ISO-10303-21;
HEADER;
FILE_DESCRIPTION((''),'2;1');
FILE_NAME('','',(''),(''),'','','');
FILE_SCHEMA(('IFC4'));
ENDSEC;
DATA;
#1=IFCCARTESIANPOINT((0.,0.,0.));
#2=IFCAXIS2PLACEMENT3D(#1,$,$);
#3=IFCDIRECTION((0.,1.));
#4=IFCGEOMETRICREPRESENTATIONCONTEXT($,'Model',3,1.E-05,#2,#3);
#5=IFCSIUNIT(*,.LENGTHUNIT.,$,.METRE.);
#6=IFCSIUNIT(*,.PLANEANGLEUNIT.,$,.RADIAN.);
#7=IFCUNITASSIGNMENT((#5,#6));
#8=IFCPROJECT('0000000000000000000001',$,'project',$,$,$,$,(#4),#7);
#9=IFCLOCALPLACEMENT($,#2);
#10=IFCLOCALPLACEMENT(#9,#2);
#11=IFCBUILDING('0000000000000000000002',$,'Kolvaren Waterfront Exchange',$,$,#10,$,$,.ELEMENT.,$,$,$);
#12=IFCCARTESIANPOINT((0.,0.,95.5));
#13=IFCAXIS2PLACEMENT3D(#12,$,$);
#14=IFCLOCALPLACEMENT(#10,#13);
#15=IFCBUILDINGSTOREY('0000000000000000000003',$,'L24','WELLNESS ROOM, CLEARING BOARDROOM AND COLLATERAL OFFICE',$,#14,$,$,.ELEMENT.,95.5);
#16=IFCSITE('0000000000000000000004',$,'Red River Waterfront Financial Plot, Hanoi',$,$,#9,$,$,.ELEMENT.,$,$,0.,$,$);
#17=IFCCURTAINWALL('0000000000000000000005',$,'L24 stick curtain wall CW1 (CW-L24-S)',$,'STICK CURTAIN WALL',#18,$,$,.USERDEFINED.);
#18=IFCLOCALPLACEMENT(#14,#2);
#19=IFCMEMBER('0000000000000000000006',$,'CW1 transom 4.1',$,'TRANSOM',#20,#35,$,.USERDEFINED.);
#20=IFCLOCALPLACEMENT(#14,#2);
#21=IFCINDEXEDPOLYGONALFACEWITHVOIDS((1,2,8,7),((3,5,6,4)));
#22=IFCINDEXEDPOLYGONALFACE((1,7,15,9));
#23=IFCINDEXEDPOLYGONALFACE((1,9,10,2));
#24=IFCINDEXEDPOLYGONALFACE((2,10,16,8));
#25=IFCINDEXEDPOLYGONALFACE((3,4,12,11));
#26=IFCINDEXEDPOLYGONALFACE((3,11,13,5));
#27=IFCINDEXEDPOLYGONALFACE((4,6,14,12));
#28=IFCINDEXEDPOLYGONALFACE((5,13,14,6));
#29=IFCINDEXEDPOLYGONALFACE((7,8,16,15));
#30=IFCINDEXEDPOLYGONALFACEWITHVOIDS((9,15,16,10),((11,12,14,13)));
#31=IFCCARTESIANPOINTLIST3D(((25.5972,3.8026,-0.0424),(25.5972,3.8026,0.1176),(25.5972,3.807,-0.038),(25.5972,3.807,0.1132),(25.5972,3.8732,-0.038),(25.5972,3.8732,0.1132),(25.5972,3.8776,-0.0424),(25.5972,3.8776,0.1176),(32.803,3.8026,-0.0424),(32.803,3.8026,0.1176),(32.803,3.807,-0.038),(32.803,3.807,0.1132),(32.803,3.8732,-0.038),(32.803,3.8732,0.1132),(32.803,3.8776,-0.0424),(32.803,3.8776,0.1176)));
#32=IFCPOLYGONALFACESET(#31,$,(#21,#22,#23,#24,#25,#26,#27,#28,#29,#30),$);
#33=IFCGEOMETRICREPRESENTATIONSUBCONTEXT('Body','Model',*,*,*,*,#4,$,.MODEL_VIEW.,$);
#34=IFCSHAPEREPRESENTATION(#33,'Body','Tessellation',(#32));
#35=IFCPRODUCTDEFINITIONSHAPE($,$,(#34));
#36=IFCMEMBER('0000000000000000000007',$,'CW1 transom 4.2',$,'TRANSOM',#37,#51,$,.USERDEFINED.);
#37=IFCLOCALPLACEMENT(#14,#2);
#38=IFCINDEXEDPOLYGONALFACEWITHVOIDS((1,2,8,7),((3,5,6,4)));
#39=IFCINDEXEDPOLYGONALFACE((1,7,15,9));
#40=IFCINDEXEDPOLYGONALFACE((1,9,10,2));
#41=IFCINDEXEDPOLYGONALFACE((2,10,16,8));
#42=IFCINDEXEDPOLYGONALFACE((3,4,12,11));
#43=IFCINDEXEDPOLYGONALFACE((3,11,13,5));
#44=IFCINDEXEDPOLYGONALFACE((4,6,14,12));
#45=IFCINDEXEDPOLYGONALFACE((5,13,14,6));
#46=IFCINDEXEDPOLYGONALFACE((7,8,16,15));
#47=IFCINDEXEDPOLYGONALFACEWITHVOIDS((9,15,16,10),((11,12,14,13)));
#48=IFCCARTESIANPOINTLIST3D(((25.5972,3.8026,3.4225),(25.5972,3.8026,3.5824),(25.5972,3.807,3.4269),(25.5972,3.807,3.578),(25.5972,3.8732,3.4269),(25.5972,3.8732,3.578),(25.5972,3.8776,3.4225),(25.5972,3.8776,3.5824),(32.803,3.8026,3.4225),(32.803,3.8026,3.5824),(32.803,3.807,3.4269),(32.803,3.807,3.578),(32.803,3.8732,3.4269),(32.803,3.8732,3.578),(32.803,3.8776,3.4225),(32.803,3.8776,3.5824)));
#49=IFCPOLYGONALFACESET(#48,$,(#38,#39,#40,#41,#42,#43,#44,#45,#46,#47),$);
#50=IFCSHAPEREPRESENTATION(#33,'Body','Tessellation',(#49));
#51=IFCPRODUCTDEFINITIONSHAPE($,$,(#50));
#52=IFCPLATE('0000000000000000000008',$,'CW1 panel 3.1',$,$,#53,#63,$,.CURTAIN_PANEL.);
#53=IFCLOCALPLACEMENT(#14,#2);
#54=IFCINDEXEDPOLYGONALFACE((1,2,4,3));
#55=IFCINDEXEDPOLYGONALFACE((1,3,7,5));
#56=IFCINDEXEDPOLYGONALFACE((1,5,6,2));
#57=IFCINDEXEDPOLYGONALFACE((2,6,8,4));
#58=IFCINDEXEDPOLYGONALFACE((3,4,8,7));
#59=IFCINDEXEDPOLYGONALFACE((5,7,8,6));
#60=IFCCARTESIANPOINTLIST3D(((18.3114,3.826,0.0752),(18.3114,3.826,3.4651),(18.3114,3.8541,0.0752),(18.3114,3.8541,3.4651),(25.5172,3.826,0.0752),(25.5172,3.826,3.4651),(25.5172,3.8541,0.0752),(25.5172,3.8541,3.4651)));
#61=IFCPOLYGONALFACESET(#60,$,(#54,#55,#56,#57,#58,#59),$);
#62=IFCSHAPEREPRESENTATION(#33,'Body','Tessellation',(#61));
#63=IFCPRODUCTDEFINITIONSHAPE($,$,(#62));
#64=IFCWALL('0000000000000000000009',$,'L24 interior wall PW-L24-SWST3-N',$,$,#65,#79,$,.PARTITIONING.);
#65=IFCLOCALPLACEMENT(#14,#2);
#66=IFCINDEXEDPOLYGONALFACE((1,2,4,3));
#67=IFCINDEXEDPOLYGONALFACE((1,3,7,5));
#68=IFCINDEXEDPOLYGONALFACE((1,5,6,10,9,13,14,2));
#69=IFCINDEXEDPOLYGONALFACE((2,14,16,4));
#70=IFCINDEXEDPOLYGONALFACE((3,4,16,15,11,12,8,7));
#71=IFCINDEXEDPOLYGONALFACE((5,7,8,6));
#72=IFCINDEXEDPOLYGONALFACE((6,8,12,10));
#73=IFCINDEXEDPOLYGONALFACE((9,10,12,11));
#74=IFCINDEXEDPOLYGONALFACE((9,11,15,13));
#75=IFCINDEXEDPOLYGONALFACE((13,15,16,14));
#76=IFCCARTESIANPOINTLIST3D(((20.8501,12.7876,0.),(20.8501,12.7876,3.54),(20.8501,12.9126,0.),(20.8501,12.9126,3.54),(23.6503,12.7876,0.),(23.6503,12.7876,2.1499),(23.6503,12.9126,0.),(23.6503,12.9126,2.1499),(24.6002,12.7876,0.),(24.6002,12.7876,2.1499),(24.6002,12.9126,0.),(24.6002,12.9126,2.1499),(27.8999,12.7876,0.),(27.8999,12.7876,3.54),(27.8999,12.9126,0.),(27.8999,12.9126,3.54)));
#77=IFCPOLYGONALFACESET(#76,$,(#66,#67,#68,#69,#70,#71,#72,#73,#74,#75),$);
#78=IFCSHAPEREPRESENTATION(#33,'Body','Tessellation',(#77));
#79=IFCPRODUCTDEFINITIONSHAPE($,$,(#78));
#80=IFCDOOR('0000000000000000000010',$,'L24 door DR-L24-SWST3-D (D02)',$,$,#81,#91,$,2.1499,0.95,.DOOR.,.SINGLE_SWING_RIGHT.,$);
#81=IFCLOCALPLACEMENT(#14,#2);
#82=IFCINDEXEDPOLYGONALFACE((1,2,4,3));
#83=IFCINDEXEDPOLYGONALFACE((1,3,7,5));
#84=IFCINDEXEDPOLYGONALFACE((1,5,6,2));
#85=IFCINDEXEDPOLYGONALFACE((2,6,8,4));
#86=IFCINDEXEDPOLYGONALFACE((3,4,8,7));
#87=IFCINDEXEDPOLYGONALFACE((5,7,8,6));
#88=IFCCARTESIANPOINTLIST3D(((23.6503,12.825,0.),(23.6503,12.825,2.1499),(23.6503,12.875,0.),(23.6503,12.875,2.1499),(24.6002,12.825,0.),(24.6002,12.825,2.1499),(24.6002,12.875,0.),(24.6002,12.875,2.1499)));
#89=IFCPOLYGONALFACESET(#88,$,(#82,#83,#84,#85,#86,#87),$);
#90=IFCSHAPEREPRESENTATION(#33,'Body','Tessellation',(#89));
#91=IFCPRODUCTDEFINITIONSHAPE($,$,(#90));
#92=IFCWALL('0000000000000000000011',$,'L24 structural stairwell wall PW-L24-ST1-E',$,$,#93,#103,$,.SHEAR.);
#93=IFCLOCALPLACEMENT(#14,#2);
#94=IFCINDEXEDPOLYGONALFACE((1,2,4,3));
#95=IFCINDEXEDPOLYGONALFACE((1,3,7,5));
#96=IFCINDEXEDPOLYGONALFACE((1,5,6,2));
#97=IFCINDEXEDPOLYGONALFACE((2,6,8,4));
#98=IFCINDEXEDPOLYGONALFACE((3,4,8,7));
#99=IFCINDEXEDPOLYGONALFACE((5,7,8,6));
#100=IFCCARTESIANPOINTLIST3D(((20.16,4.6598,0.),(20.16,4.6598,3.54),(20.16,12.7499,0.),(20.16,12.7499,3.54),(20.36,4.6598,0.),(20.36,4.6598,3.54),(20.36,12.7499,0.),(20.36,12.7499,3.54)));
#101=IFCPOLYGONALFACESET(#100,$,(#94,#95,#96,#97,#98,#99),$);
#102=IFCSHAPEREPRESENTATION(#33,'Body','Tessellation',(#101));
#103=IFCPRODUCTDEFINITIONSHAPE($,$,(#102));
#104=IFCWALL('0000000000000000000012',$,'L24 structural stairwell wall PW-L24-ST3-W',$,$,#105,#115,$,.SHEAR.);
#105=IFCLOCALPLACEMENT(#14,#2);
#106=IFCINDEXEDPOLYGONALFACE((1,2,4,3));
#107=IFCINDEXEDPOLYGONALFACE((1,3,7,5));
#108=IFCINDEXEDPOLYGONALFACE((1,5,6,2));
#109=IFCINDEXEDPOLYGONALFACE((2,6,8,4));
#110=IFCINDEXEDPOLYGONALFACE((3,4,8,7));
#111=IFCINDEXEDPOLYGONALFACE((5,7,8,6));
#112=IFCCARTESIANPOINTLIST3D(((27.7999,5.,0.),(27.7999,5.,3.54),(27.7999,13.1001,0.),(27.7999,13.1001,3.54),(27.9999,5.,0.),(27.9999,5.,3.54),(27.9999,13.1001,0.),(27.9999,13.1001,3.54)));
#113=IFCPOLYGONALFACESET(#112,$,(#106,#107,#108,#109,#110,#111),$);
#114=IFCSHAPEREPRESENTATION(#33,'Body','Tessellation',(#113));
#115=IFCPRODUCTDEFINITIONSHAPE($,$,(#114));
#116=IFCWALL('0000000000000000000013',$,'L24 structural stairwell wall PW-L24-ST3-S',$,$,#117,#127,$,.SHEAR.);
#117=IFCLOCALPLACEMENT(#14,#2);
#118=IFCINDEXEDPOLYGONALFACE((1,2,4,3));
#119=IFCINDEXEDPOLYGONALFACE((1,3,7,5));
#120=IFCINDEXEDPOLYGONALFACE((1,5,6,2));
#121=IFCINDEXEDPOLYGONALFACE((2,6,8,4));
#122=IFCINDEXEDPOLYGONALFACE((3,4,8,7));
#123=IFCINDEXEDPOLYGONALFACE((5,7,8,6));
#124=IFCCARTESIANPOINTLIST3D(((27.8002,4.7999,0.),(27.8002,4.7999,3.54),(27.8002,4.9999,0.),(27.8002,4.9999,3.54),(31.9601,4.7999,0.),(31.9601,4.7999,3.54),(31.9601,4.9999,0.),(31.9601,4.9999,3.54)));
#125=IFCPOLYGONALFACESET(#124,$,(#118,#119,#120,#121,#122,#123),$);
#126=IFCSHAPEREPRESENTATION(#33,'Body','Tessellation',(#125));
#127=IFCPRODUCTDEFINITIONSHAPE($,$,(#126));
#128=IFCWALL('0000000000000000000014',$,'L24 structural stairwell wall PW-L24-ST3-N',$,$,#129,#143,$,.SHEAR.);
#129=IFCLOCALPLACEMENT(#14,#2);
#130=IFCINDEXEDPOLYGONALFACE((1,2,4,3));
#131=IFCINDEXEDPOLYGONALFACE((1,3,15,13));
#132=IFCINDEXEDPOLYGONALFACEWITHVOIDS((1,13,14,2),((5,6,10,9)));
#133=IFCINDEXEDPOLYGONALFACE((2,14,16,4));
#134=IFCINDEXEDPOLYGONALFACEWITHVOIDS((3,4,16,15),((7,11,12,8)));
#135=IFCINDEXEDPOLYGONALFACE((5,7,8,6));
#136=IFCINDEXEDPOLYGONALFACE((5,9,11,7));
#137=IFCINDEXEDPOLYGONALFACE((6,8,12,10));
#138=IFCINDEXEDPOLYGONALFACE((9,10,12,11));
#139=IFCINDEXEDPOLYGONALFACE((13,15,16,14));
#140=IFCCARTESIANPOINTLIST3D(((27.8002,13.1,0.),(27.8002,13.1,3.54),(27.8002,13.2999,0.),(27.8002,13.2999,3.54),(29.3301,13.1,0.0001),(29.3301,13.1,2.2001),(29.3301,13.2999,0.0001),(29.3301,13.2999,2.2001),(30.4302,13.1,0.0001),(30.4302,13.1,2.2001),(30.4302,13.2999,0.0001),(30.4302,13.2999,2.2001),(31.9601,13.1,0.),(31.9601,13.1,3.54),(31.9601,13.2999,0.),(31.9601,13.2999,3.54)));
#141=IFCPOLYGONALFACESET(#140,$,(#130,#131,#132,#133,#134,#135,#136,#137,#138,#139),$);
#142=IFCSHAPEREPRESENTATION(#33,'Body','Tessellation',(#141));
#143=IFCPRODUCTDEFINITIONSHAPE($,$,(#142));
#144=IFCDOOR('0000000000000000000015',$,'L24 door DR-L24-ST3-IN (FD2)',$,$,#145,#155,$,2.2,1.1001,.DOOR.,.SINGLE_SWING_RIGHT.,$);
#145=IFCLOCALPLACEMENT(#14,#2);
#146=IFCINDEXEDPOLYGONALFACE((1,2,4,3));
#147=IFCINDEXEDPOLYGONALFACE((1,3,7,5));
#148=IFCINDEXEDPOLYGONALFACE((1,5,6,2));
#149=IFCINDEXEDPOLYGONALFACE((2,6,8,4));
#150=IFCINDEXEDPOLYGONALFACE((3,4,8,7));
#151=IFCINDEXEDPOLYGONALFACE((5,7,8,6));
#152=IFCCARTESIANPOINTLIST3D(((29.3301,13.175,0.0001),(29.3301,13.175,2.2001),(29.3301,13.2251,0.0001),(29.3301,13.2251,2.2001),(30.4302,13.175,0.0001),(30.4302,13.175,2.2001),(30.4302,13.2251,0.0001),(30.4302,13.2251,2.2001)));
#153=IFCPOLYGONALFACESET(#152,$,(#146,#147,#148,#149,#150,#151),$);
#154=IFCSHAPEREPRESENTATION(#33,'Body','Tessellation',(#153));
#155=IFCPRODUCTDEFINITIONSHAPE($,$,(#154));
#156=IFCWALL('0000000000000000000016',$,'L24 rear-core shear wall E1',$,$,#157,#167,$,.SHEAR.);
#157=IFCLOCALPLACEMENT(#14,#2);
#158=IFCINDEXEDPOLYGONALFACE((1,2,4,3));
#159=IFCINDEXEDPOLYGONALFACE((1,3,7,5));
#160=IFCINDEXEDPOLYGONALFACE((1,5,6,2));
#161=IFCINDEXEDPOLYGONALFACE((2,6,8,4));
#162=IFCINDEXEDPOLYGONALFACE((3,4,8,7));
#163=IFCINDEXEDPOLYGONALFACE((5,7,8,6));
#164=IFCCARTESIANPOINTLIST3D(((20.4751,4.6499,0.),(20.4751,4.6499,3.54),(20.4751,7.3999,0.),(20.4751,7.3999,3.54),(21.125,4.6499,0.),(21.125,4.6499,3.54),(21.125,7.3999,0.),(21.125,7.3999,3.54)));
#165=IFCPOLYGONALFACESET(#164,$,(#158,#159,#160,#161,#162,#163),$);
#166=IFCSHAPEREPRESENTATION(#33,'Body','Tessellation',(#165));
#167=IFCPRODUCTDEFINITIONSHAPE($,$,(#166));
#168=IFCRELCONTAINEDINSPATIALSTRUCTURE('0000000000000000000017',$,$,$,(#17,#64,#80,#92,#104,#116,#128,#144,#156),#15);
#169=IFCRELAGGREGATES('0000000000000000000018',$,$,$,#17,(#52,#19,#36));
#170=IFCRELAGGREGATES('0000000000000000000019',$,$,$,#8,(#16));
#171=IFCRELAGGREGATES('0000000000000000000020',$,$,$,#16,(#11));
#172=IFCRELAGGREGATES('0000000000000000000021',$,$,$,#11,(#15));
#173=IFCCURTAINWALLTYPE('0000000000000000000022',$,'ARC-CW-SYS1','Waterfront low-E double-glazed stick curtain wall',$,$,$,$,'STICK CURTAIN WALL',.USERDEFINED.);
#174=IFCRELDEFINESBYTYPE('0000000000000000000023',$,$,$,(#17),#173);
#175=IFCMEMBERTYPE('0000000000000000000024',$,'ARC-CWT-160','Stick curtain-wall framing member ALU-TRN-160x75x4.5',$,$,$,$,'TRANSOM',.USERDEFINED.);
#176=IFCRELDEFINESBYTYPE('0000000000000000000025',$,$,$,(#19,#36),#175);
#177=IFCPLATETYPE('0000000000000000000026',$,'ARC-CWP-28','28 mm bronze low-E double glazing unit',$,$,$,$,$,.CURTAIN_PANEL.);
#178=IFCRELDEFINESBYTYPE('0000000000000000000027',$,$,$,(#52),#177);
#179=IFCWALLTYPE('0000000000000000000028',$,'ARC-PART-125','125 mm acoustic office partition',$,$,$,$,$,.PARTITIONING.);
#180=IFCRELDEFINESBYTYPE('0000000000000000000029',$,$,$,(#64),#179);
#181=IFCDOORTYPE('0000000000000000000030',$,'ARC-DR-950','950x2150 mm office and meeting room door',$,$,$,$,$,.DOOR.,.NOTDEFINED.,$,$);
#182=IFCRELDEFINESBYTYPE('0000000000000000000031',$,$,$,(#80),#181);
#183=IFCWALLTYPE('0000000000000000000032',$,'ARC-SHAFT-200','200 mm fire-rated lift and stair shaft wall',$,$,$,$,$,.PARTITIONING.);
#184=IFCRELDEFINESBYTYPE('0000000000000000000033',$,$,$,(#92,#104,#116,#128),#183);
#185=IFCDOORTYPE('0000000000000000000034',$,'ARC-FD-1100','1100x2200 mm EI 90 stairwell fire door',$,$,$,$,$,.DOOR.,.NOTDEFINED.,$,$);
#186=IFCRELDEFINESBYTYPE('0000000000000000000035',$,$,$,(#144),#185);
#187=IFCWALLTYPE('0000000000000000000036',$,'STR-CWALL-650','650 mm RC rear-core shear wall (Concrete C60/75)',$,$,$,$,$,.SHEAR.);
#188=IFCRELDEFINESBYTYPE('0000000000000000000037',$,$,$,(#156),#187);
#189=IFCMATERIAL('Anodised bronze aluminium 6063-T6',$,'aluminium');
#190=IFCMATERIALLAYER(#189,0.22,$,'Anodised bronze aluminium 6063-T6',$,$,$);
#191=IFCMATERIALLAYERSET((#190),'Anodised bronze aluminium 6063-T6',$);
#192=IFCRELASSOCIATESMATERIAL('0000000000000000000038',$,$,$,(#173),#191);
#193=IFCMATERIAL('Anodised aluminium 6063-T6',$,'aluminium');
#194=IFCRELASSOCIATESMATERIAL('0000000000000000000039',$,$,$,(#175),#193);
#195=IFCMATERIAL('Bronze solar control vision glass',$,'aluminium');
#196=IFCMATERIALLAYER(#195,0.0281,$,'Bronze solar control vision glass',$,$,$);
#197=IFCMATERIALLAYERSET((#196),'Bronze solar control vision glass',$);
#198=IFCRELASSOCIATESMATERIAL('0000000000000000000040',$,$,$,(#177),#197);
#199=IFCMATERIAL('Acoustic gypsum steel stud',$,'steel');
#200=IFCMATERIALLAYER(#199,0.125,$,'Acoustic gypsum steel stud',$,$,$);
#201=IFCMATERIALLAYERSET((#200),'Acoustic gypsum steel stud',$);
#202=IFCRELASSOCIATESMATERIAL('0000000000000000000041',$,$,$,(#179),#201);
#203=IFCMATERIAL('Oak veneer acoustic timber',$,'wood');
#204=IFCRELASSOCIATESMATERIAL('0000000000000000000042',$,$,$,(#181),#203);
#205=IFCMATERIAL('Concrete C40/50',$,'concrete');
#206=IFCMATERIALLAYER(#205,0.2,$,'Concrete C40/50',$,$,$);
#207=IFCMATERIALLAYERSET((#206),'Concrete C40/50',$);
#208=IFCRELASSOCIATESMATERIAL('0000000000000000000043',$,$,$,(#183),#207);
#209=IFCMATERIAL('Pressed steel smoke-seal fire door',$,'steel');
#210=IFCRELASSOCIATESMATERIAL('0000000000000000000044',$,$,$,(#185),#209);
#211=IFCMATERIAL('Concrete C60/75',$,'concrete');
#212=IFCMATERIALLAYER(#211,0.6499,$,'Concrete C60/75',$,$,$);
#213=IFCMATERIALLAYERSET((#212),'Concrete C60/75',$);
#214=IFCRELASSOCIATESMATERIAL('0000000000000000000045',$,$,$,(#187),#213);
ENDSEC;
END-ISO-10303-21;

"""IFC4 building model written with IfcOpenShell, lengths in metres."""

from ifc_helpers import new_model, si_unit, direction, frame, frame_2d, origin, origin_with_axes, origin_2d, place, context, subcontext, project, spatial, rectangle, hollow_rectangle, extrude, source, transform, mapped, material, layer, layer_set, material_profile, profile_set, type_object, element, fill, aggregate, save


model = new_model("IFC4")

# Units and contexts
model_context = context("Model", 3, precision=1e-05, world=origin(), true_north=direction((0.0, 1.0)))
body_context = subcontext(model_context, "Body", "Model", "MODEL_VIEW")
ifc_project = project(units=[si_unit("LENGTHUNIT", "METRE"), si_unit("PLANEANGLEUNIT", "RADIAN")], contexts=[model_context])

# Site, building, storey
site_placement = place(None, origin())
site = spatial("IfcSite", under=ifc_project, at=site_placement, Name="Red River Waterfront Financial Plot, Hanoi", CompositionType="ELEMENT", RefElevation=0.0)
building_placement = place(site_placement, origin())
building = spatial("IfcBuilding", under=site, at=building_placement, Name="Kolvaren Waterfront Exchange", CompositionType="ELEMENT")
storey_placement = place(building_placement, frame((0.0, 0.0, 95.5)))
storey = spatial("IfcBuildingStorey", under=building, at=storey_placement, Name="L24", Description="WELLNESS ROOM, CLEARING BOARDROOM AND COLLATERAL OFFICE", CompositionType="ELEMENT", Elevation=95.5)

# Shared definitions
ifc_material_1 = material(Name="Concrete C60/75", Category="concrete")

# Curtain wall, members, plate
ifc_material_2 = material(Name="Anodised bronze aluminium 6063-T6", Category="aluminium")
ifc_layer_1 = layer(ifc_material_2, 0.22, Name="Anodised bronze aluminium 6063-T6")
ifc_layer_set_1 = layer_set([ifc_layer_1], Name="Anodised bronze aluminium 6063-T6")
curtain_wall_type = type_object("IfcCurtainWallType", Name="ARC-CW-SYS1", Description="Waterfront low-E double-glazed stick curtain wall", ElementType="STICK CURTAIN WALL", PredefinedType="USERDEFINED", material=ifc_layer_set_1)
curtain_wall_placement = place(storey_placement, origin())
curtain_wall = element("IfcCurtainWall", 1, at=curtain_wall_placement, inside=storey, type_object=curtain_wall_type, Name="L24 stick curtain wall CW1 (CW-L24-S)", ObjectType="STICK CURTAIN WALL", PredefinedType="USERDEFINED")
ifc_material_3 = material(Name="Anodised aluminium 6063-T6", Category="aluminium")
ifc_material_profile_1 = material_profile(ifc_material_3, hollow_rectangle(XDim=0.075, YDim=0.1599, WallThickness=0.0044, at=origin_2d()), Name="ALU-TRN-160x75x4.5")
ifc_profile_set_1 = profile_set([ifc_material_profile_1], Name="Anodised aluminium 6063-T6")
member_type_1 = type_object("IfcMemberType", Name="ARC-CWT-160", Description="Stick curtain-wall framing member ALU-TRN-160x75x4.5", ElementType="TRANSOM", PredefinedType="USERDEFINED", material=ifc_profile_set_1)
shared_shape_1 = source(origin_with_axes(), body_context, "Body", "SweptSolid", [
    extrude(hollow_rectangle(XDim=0.075, YDim=0.1599, WallThickness=0.0044, at=origin_2d()), origin(), (0.0, 0.0, 1.0), 7.2058),
])
member_1_placement = place(storey_placement, frame((25.5972, 3.8401, 0.0376), z_axis=(1.0, 0.0, 0.0), x_axis=(0.0, 1.0, 0.0)))
member_1 = element("IfcMember", 2, at=member_1_placement, type_object=member_type_1, Name="CW1 transom 4.1", ObjectType="TRANSOM", PredefinedType="USERDEFINED", context=body_context, shape_type="MappedRepresentation", body=[
    mapped(shared_shape_1, transform((0.0, 0.0, 0.0), x_axis=(1.0, 0.0, 0.0), y_axis=(0.0, 1.0, 0.0), z_axis=(0.0, 0.0, 1.0), scale=1.0)),
])
member_2_placement = place(storey_placement, frame((25.5972, 3.8401, 3.5024), z_axis=(1.0, 0.0, 0.0), x_axis=(0.0, 1.0, 0.0)))
member_2 = element("IfcMember", 3, at=member_2_placement, type_object=member_type_1, Name="CW1 transom 4.2", ObjectType="TRANSOM", PredefinedType="USERDEFINED", context=body_context, shape_type="MappedRepresentation", body=[
    mapped(shared_shape_1, transform((0.0, 0.0, 0.0), x_axis=(1.0, 0.0, 0.0), y_axis=(0.0, 1.0, 0.0), z_axis=(0.0, 0.0, 1.0), scale=1.0)),
])
ifc_material_4 = material(Name="Bronze solar control vision glass", Category="aluminium")
ifc_layer_2 = layer(ifc_material_4, 0.0281, Name="Bronze solar control vision glass")
ifc_layer_set_2 = layer_set([ifc_layer_2], Name="Bronze solar control vision glass")
plate_type = type_object("IfcPlateType", Name="ARC-CWP-28", Description="28 mm bronze low-E double glazing unit", PredefinedType="CURTAIN_PANEL", material=ifc_layer_set_2)
shared_shape_2 = source(origin_with_axes(), body_context, "Body", "SweptSolid", [
    extrude(rectangle(XDim=7.2058, YDim=0.0281, at=origin_2d()), origin(), (0.0, 0.0, 1.0), 3.3899),
])
plate_placement = place(storey_placement, frame((21.9143, 3.8401, 0.0752), z_axis=(0.0, 0.0, 1.0), x_axis=(1.0, 0.0, 0.0)))
plate = element("IfcPlate", 4, at=plate_placement, type_object=plate_type, Name="CW1 panel 3.1", PredefinedType="CURTAIN_PANEL", context=body_context, shape_type="MappedRepresentation", body=[
    mapped(shared_shape_2, transform((0.0, 0.0, 0.0), x_axis=(1.0, 0.0, 0.0), y_axis=(0.0, 1.0, 0.0), z_axis=(0.0, 0.0, 1.0), scale=1.0)),
])
aggregate(curtain_wall, [plate, member_1, member_2])

# Wall, opening, door
ifc_material_5 = material(Name="Acoustic gypsum steel stud", Category="steel")
ifc_layer_3 = layer(ifc_material_5, 0.125, Name="Acoustic gypsum steel stud")
ifc_layer_set_3 = layer_set([ifc_layer_3], Name="Acoustic gypsum steel stud")
wall_type_1 = type_object("IfcWallType", Name="ARC-PART-125", Description="125 mm acoustic office partition", PredefinedType="PARTITIONING", material=ifc_layer_set_3)
wall_1_placement = place(storey_placement, frame((20.8501, 12.8501, 0.0), z_axis=(0.0, 0.0, 1.0), x_axis=(1.0, 0.0, 0.0)))
wall_1 = element("IfcWall", 5, at=wall_1_placement, inside=storey, type_object=wall_type_1, Name="L24 interior wall PW-L24-SWST3-N", PredefinedType="PARTITIONING", context=body_context, shape_type="SweptSolid", body=[
    extrude(rectangle(XDim=7.0498, YDim=0.125, at=frame_2d((3.5249, 0.0))), origin(), (0.0, 0.0, 1.0), 3.54),
])
opening_1_placement = place(wall_1_placement, frame((2.8, 0.0, 0.0)))
opening_1 = element("IfcOpeningElement", 6, at=opening_1_placement, cuts=wall_1, PredefinedType="OPENING", context=body_context, shape_type="SweptSolid", body=[
    extrude(rectangle(XDim=0.95, YDim=2.1499, at=frame_2d((0.4751, 1.075))), frame((0.0, 0.0725, 0.0), z_axis=(0.0, -1.0, 0.0), x_axis=(1.0, 0.0, 0.0)), (0.0, 0.0, 1.0), 0.145),
])
ifc_material_6 = material(Name="Oak veneer acoustic timber", Category="wood")
door_type_1 = type_object("IfcDoorType", Name="ARC-DR-950", Description="950x2150 mm office and meeting room door", OperationType="NOTDEFINED", PredefinedType="DOOR", material=ifc_material_6)
door_1_placement = place(opening_1_placement, origin())
door_1 = element("IfcDoor", 7, at=door_1_placement, inside=storey, type_object=door_type_1, Name="L24 door DR-L24-SWST3-D (D02)", OperationType="SINGLE_SWING_RIGHT", OverallHeight=2.1499, OverallWidth=0.95, PredefinedType="DOOR", context=body_context, shape_type="SweptSolid", body=[
    extrude(rectangle(XDim=0.95, YDim=2.1499, at=frame_2d((0.4751, 1.075))), frame((0.0, 0.0249, 0.0), z_axis=(0.0, -1.0, 0.0), x_axis=(1.0, 0.0, 0.0)), (0.0, 0.0, 1.0), 0.05),
])
fill(opening_1, door_1)

# Walls
ifc_material_7 = material(Name="Concrete C40/50", Category="concrete")
ifc_layer_4 = layer(ifc_material_7, 0.2, Name="Concrete C40/50")
ifc_layer_set_4 = layer_set([ifc_layer_4], Name="Concrete C40/50")
wall_type_2 = type_object("IfcWallType", Name="ARC-SHAFT-200", Description="200 mm fire-rated lift and stair shaft wall", PredefinedType="PARTITIONING", material=ifc_layer_set_4)
wall_2_placement = place(storey_placement, frame((20.26, 4.6599, 0.0), z_axis=(0.0, 0.0, 1.0), x_axis=(0.0, 1.0, 0.0)))
element("IfcWall", 8, at=wall_2_placement, inside=storey, type_object=wall_type_2, Name="L24 structural stairwell wall PW-L24-ST1-E", PredefinedType="SHEAR", context=body_context, shape_type="SweptSolid", body=[
    extrude(rectangle(XDim=8.0901, YDim=0.2, at=frame_2d((4.0449, 0.0))), origin(), (0.0, 0.0, 1.0), 3.54),
])
wall_3_placement = place(storey_placement, frame((27.8999, 5.0, 0.0), z_axis=(0.0, 0.0, 1.0), x_axis=(0.0, 1.0, 0.0)))
element("IfcWall", 9, at=wall_3_placement, inside=storey, type_object=wall_type_2, Name="L24 structural stairwell wall PW-L24-ST3-W", PredefinedType="SHEAR", context=body_context, shape_type="SweptSolid", body=[
    extrude(rectangle(XDim=8.1001, YDim=0.2, at=frame_2d((4.05, 0.0))), origin(), (0.0, 0.0, 1.0), 3.54),
])
wall_4_placement = place(storey_placement, frame((27.8, 4.8999, 0.0), z_axis=(0.0, 0.0, 1.0), x_axis=(1.0, 0.0, 0.0)))
element("IfcWall", 10, at=wall_4_placement, inside=storey, type_object=wall_type_2, Name="L24 structural stairwell wall PW-L24-ST3-S", PredefinedType="SHEAR", context=body_context, shape_type="SweptSolid", body=[
    extrude(rectangle(XDim=4.1599, YDim=0.2, at=frame_2d((2.0801, 0.0))), origin(), (0.0, 0.0, 1.0), 3.54),
])

# Wall, opening, door
wall_5_placement = place(storey_placement, frame((27.8, 13.2, 0.0), z_axis=(0.0, 0.0, 1.0), x_axis=(1.0, 0.0, 0.0)))
wall_5 = element("IfcWall", 11, at=wall_5_placement, inside=storey, type_object=wall_type_2, Name="L24 structural stairwell wall PW-L24-ST3-N", PredefinedType="SHEAR", context=body_context, shape_type="SweptSolid", body=[
    extrude(rectangle(XDim=4.1599, YDim=0.2, at=frame_2d((2.0801, 0.0))), origin(), (0.0, 0.0, 1.0), 3.54),
])
opening_2_placement = place(wall_5_placement, frame((1.53, 0.0, 0.0)))
opening_2 = element("IfcOpeningElement", 12, at=opening_2_placement, cuts=wall_5, PredefinedType="OPENING", context=body_context, shape_type="SweptSolid", body=[
    extrude(rectangle(XDim=1.1001, YDim=2.2, at=frame_2d((0.55, 1.1001))), frame((0.0, 0.1099, 0.0), z_axis=(0.0, -1.0, 0.0), x_axis=(1.0, 0.0, 0.0)), (0.0, 0.0, 1.0), 0.22),
])
ifc_material_8 = material(Name="Pressed steel smoke-seal fire door", Category="steel")
door_type_2 = type_object("IfcDoorType", Name="ARC-FD-1100", Description="1100x2200 mm EI 90 stairwell fire door", OperationType="NOTDEFINED", PredefinedType="DOOR", material=ifc_material_8)
door_2_placement = place(opening_2_placement, frame((1.1001, 0.0, 0.0), z_axis=(0.0, 0.0, 1.0), x_axis=(-1.0, 0.0, 0.0)))
door_2 = element("IfcDoor", 13, at=door_2_placement, inside=storey, type_object=door_type_2, Name="L24 door DR-L24-ST3-IN (FD2)", OperationType="SINGLE_SWING_RIGHT", OverallHeight=2.2, OverallWidth=1.1001, PredefinedType="DOOR", context=body_context, shape_type="SweptSolid", body=[
    extrude(rectangle(XDim=1.1001, YDim=2.2, at=frame_2d((0.55, 1.1001))), frame((0.0, 0.0249, 0.0), z_axis=(0.0, -1.0, 0.0), x_axis=(1.0, 0.0, 0.0)), (0.0, 0.0, 1.0), 0.05),
])
fill(opening_2, door_2)

# Wall
ifc_layer_5 = layer(ifc_material_1, 0.6499, Name="Concrete C60/75")
ifc_layer_set_5 = layer_set([ifc_layer_5], Name="Concrete C60/75")
wall_type_3 = type_object("IfcWallType", Name="STR-CWALL-650", Description="650 mm RC rear-core shear wall (Concrete C60/75)", PredefinedType="SHEAR", material=ifc_layer_set_5)
wall_6_placement = place(storey_placement, frame((20.8, 4.6499, 0.0), z_axis=(0.0, 0.0, 1.0), x_axis=(0.0, 1.0, 0.0)))
element("IfcWall", 14, at=wall_6_placement, inside=storey, type_object=wall_type_3, Name="L24 rear-core shear wall E1", PredefinedType="SHEAR", context=body_context, shape_type="SweptSolid", body=[
    extrude(rectangle(XDim=2.75, YDim=0.6499, at=frame_2d((1.375, 0.0))), origin(), (0.0, 0.0, 1.0), 3.54),
])

save(model, "model.ifc")
